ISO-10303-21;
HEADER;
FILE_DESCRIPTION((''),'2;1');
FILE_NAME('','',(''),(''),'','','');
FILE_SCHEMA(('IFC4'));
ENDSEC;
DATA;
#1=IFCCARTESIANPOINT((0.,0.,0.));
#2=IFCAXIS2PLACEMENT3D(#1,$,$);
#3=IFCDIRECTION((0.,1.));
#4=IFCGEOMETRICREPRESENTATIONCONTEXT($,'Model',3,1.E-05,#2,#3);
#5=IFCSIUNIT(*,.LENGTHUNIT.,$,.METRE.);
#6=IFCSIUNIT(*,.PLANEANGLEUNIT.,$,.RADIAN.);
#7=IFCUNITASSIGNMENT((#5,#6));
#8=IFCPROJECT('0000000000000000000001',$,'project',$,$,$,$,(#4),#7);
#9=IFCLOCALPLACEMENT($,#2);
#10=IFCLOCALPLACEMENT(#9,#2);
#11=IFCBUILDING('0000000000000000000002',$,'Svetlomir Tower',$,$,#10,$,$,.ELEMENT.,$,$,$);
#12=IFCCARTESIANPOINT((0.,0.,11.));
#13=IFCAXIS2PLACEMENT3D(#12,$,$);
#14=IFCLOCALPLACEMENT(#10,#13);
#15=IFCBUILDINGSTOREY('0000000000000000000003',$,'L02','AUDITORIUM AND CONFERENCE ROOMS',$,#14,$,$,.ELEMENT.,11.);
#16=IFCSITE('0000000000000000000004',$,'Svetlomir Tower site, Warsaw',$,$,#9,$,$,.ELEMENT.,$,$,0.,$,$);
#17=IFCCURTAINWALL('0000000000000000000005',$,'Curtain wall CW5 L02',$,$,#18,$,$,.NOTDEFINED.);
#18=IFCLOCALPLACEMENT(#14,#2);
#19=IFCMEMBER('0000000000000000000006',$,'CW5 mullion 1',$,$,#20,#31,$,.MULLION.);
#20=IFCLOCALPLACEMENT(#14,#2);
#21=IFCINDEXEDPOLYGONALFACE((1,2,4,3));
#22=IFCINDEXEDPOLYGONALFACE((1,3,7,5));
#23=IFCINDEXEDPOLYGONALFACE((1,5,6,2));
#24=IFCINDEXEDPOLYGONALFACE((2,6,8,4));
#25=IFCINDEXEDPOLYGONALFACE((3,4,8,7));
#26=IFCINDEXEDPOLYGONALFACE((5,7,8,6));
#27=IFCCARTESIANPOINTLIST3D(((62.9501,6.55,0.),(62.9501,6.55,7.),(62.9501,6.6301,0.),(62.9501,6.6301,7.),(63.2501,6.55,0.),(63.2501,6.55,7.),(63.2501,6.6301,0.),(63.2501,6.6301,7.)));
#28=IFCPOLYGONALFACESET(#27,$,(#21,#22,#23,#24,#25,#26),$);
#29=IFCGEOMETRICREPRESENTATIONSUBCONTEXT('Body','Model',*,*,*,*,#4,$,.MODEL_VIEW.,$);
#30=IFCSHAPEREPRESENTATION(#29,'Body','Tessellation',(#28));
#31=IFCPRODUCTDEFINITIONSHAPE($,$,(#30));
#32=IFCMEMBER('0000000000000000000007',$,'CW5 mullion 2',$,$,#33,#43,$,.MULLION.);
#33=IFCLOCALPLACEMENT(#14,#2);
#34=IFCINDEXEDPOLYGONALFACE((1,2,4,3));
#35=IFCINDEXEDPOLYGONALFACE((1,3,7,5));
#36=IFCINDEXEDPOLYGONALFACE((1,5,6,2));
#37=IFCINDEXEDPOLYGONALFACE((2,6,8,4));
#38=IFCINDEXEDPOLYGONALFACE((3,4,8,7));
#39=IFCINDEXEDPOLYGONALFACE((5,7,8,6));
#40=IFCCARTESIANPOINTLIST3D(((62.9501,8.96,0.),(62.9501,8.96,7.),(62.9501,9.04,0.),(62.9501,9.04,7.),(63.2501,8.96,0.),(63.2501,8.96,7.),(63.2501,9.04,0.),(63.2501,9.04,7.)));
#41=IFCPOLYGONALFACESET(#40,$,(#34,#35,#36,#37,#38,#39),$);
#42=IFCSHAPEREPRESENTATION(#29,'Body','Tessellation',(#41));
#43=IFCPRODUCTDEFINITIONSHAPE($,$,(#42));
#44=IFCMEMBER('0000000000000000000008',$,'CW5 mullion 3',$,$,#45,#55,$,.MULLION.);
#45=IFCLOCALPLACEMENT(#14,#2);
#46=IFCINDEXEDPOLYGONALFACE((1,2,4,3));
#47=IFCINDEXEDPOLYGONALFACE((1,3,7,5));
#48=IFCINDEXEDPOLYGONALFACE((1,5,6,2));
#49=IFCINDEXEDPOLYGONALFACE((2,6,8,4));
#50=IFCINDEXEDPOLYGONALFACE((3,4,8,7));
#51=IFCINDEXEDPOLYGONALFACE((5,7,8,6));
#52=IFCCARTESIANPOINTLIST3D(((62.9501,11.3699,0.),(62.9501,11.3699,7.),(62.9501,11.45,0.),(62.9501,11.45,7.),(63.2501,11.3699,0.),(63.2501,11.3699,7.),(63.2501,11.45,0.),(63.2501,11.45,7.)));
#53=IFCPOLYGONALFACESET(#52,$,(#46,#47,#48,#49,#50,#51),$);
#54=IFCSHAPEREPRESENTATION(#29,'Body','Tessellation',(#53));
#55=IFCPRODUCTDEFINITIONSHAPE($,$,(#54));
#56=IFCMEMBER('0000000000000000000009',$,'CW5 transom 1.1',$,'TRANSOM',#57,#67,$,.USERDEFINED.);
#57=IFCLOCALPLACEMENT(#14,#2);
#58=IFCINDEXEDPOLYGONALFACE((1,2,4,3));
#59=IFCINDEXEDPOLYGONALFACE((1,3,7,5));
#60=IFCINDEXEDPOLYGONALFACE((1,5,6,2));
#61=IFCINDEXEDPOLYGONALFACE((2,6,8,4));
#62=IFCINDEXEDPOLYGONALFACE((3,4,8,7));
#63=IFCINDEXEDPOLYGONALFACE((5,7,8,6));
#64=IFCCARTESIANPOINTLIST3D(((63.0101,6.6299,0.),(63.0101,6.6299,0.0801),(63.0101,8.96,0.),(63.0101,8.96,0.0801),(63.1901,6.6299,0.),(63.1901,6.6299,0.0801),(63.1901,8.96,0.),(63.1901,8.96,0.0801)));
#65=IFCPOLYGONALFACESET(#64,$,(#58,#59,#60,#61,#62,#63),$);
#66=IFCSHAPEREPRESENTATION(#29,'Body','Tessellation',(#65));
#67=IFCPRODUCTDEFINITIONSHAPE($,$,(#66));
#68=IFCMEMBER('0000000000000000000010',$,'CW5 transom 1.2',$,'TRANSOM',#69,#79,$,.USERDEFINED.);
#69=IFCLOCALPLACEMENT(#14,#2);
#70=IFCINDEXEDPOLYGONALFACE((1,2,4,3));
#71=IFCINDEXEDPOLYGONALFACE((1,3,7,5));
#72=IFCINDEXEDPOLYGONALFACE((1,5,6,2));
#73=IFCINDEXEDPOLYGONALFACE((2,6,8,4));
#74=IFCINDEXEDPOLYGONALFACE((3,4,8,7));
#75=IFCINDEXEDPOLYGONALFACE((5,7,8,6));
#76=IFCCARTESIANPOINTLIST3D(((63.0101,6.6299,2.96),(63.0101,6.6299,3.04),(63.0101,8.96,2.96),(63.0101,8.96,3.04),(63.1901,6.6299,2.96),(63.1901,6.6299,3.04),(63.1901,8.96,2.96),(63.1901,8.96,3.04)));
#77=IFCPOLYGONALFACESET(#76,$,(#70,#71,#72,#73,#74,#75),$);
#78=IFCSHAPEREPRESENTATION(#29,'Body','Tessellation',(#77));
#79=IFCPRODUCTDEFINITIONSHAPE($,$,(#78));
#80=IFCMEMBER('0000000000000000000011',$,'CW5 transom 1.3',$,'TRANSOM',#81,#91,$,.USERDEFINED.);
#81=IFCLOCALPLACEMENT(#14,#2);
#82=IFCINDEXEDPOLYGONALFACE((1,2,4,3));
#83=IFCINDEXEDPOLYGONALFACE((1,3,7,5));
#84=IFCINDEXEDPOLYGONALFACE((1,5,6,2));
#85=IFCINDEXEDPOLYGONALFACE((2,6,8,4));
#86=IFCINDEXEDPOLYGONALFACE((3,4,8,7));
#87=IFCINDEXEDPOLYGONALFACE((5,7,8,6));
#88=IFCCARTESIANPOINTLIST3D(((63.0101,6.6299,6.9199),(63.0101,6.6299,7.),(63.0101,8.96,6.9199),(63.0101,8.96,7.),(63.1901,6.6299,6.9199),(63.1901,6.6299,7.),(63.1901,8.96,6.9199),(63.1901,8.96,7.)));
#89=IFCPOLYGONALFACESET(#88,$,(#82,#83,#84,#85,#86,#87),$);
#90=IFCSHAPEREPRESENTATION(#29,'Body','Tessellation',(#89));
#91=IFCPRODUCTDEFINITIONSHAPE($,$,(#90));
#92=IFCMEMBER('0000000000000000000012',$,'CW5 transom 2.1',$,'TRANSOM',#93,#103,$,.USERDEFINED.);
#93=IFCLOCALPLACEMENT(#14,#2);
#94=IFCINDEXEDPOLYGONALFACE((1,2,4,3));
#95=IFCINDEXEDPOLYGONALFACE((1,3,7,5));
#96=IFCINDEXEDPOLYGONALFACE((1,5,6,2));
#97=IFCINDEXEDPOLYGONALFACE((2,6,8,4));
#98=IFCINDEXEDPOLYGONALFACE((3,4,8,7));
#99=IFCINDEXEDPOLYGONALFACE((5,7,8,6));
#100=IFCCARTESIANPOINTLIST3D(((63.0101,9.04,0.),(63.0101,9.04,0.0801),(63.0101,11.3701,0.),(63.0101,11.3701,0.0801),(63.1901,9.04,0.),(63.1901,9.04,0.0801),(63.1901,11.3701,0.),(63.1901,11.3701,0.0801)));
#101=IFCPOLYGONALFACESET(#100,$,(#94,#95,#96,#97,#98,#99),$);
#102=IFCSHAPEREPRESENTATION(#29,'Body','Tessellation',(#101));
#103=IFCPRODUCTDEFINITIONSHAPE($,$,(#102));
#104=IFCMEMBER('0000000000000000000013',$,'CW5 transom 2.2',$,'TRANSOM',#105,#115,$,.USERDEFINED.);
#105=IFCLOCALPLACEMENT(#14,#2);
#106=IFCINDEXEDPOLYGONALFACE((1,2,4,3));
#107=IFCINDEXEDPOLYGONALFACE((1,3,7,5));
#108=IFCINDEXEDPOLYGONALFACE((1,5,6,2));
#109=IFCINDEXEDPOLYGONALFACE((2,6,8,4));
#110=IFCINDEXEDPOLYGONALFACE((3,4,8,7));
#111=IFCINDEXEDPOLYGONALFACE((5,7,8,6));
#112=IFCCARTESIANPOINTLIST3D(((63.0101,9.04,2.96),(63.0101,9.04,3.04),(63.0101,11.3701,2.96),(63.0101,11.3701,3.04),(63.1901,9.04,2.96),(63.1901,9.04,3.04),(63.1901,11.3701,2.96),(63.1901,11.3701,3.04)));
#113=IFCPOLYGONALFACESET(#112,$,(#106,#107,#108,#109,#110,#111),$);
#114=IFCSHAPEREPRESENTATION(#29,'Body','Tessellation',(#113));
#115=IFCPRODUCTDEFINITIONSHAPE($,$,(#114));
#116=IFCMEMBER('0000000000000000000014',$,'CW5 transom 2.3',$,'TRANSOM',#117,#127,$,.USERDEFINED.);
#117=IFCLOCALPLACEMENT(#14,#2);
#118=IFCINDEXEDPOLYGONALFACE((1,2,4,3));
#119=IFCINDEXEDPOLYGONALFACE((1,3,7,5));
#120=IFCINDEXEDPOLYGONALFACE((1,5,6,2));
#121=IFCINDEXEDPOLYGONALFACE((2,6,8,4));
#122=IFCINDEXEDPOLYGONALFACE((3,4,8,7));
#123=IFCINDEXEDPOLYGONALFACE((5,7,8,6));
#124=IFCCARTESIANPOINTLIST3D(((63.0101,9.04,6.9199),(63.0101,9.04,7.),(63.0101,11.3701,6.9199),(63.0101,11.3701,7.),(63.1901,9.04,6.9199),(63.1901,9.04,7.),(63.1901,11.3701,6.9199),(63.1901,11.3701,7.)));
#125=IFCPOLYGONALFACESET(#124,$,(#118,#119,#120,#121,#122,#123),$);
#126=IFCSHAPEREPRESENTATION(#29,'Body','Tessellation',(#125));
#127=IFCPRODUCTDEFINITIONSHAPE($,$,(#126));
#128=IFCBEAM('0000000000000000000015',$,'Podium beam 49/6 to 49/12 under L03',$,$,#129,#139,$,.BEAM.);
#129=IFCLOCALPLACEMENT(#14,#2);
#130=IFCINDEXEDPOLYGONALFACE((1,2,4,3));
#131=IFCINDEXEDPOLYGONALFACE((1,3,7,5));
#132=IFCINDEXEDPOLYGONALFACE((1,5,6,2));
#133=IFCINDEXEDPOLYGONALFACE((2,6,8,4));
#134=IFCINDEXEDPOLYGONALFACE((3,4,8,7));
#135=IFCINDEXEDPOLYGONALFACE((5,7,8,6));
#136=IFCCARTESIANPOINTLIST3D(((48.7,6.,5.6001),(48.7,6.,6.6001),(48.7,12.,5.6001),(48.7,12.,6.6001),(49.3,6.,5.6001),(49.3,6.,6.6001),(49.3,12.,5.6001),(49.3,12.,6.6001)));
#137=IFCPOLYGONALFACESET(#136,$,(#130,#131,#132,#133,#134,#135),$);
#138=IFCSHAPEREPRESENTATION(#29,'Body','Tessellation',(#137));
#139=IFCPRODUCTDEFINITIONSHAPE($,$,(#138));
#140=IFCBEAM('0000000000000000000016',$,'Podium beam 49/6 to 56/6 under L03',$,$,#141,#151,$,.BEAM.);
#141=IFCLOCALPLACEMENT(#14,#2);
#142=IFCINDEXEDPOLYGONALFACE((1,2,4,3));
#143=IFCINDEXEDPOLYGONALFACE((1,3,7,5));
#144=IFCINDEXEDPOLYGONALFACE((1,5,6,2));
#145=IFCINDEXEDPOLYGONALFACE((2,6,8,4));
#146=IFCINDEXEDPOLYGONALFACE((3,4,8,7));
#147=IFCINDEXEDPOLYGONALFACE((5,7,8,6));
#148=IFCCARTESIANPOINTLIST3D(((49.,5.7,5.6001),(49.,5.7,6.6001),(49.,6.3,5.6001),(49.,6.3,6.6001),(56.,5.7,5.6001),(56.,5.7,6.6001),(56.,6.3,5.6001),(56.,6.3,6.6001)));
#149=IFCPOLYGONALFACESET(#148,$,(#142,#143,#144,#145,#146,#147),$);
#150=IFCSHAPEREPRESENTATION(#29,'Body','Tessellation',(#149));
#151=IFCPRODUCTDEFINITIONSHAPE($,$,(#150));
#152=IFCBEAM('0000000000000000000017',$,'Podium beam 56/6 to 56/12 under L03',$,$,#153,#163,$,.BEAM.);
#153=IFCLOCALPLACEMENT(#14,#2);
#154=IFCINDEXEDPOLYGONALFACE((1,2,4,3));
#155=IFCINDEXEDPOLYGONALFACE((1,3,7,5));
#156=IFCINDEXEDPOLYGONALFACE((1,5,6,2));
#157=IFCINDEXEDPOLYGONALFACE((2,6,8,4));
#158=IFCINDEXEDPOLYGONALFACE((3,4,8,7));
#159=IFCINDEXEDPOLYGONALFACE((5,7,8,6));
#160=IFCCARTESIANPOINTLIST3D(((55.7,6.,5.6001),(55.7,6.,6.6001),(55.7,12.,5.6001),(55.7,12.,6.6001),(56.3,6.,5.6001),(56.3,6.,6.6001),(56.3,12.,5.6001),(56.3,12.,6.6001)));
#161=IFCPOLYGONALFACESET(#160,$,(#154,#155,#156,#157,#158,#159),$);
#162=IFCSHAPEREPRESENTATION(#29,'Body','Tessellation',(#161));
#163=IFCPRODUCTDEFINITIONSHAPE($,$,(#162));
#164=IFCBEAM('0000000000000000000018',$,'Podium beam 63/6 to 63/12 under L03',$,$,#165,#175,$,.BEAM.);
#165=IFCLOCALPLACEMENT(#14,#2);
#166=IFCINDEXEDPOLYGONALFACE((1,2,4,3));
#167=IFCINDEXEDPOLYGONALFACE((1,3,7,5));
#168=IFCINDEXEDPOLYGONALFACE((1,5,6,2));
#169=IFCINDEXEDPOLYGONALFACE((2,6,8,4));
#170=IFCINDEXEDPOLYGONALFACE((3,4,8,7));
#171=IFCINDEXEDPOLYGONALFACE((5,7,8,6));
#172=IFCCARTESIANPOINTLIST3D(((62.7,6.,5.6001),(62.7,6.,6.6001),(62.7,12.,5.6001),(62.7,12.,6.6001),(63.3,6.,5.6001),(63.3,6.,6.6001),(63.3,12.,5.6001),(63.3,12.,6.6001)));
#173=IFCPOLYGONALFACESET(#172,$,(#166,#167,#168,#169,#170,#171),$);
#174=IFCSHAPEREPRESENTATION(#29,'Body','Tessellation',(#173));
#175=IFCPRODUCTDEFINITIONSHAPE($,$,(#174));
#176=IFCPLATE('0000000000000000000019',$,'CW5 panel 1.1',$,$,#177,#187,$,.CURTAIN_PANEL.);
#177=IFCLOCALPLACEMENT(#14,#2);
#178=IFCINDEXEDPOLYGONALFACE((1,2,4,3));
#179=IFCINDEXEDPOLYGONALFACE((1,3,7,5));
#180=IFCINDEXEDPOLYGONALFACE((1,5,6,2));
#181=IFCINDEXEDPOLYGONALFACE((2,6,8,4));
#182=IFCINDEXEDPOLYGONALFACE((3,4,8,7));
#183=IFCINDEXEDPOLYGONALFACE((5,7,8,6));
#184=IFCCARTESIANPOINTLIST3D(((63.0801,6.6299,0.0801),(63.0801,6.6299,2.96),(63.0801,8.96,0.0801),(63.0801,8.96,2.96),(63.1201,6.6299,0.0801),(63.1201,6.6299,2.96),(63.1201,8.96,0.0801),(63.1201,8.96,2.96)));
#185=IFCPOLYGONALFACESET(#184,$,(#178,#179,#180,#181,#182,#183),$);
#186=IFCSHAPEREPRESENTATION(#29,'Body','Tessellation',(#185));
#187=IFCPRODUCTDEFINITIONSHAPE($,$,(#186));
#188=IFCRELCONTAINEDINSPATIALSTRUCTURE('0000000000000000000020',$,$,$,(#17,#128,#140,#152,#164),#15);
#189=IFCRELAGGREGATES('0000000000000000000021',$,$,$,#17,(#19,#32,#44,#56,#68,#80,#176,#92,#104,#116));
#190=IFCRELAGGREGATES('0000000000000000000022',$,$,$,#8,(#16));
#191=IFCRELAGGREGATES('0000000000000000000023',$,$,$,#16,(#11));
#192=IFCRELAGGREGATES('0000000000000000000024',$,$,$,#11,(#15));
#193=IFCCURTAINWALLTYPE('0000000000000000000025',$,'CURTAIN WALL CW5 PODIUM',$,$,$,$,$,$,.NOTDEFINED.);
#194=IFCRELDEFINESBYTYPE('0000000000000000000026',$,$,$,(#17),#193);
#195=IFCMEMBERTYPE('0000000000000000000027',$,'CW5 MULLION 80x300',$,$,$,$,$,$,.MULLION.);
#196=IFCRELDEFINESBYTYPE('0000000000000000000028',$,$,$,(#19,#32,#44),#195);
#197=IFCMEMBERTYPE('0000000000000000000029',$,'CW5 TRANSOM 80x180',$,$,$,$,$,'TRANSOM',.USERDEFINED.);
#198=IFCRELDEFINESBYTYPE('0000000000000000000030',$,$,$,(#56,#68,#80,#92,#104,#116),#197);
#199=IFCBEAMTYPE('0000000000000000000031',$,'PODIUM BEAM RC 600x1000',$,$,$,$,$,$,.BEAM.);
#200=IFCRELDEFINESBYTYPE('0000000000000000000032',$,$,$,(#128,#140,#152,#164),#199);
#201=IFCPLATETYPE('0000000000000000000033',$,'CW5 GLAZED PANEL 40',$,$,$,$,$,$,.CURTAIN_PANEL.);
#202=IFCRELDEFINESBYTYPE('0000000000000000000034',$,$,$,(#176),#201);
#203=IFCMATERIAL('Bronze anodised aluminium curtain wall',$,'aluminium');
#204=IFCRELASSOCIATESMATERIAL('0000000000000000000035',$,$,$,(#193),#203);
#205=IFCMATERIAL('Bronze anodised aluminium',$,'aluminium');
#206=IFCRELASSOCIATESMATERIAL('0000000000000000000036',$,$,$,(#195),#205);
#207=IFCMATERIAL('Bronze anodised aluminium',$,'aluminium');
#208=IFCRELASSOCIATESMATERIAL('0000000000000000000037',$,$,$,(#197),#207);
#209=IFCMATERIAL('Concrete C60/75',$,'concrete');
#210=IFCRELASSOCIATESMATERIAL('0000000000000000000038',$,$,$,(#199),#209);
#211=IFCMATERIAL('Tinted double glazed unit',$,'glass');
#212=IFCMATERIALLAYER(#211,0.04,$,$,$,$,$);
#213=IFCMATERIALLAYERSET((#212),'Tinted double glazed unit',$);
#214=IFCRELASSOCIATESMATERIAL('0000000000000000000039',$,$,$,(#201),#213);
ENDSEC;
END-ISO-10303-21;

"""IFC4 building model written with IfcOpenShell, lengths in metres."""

from ifc_helpers import new_model, si_unit, direction, frame, origin, origin_2d, place, context, subcontext, project, spatial, rectangle, extrude, material, layer, layer_set, material_profile, profile_set, type_object, element, aggregate, save


model = new_model("IFC4")

# Units and contexts
model_context = context("Model", 3, precision=1e-05, world=origin(), true_north=direction((0.0, 1.0)))
body_context = subcontext(model_context, "Body", "Model", "MODEL_VIEW")
ifc_project = project(units=[si_unit("LENGTHUNIT", "METRE"), si_unit("PLANEANGLEUNIT", "RADIAN")], contexts=[model_context])

# Site, building, storey
site_placement = place(None, origin())
site = spatial("IfcSite", under=ifc_project, at=site_placement, Name="Svetlomir Tower site, Warsaw", CompositionType="ELEMENT", RefElevation=0.0)
building_placement = place(site_placement, origin())
building = spatial("IfcBuilding", under=site, at=building_placement, Name="Svetlomir Tower", CompositionType="ELEMENT")
storey_placement = place(building_placement, frame((0.0, 0.0, 11.0)))
storey = spatial("IfcBuildingStorey", under=building, at=storey_placement, Name="L02", Description="AUDITORIUM AND CONFERENCE ROOMS", CompositionType="ELEMENT", Elevation=11.0)

# Shared definitions
ifc_material_1 = material(Name="Bronze anodised aluminium curtain wall", Category="aluminium")
curtain_wall_type = type_object("IfcCurtainWallType", Name="CURTAIN WALL CW5 PODIUM", PredefinedType="NOTDEFINED", material=ifc_material_1)
ifc_material_2 = material(Name="Bronze anodised aluminium", Category="aluminium")
ifc_material_profile_1 = material_profile(ifc_material_2, rectangle(XDim=0.0801, YDim=0.3, at=origin_2d()), Name="AL 80x300")
ifc_profile_set_1 = profile_set([ifc_material_profile_1], Name="Bronze anodised aluminium 6063-T6")
member_type_1 = type_object("IfcMemberType", Name="CW5 MULLION 80x300", PredefinedType="MULLION", material=ifc_profile_set_1)

# Curtain wall, members
curtain_wall_1_placement = place(storey_placement, origin())
curtain_wall_1 = element("IfcCurtainWall", 1, at=curtain_wall_1_placement, inside=storey, type_object=curtain_wall_type, Name="Curtain wall CW5 L02", PredefinedType="NOTDEFINED")
member_1_placement = place(storey_placement, frame((63.1001, 6.5901, 0.0), z_axis=(0.0, 0.0, 1.0), x_axis=(0.0, 1.0, 0.0)))
member_1 = element("IfcMember", 2, at=member_1_placement, type_object=member_type_1, Name="CW5 mullion 1", PredefinedType="MULLION", context=body_context, shape_type="SweptSolid", body=[
    extrude(rectangle(XDim=0.0801, YDim=0.3, at=origin_2d()), origin(), (0.0, 0.0, 1.0), 7.0),
])
member_2_placement = place(storey_placement, frame((63.1001, 9.0, 0.0), z_axis=(0.0, 0.0, 1.0), x_axis=(0.0, 1.0, 0.0)))
member_2 = element("IfcMember", 3, at=member_2_placement, type_object=member_type_1, Name="CW5 mullion 2", PredefinedType="MULLION", context=body_context, shape_type="SweptSolid", body=[
    extrude(rectangle(XDim=0.0801, YDim=0.3, at=origin_2d()), origin(), (0.0, 0.0, 1.0), 7.0),
])
member_3_placement = place(storey_placement, frame((63.1001, 11.4099, 0.0), z_axis=(0.0, 0.0, 1.0), x_axis=(0.0, 1.0, 0.0)))
member_3 = element("IfcMember", 4, at=member_3_placement, type_object=member_type_1, Name="CW5 mullion 3", PredefinedType="MULLION", context=body_context, shape_type="SweptSolid", body=[
    extrude(rectangle(XDim=0.0801, YDim=0.3, at=origin_2d()), origin(), (0.0, 0.0, 1.0), 7.0),
])
ifc_material_3 = material(Name="Bronze anodised aluminium", Category="aluminium")
ifc_material_profile_2 = material_profile(ifc_material_3, rectangle(XDim=0.1799, YDim=0.0801, at=origin_2d()), Name="AL 180x80")
ifc_profile_set_2 = profile_set([ifc_material_profile_2], Name="Bronze anodised aluminium 6063-T6")
member_type_2 = type_object("IfcMemberType", Name="CW5 TRANSOM 80x180", ElementType="TRANSOM", PredefinedType="USERDEFINED", material=ifc_profile_set_2)
member_4_placement = place(storey_placement, frame((63.1001, 6.6299, 0.04), z_axis=(0.0, 1.0, 0.0), x_axis=(-1.0, 0.0, 0.0)))
member_4 = element("IfcMember", 5, at=member_4_placement, type_object=member_type_2, Name="CW5 transom 1.1", ObjectType="TRANSOM", PredefinedType="USERDEFINED", context=body_context, shape_type="SweptSolid", body=[
    extrude(rectangle(XDim=0.1799, YDim=0.0801, at=origin_2d()), origin(), (0.0, 0.0, 1.0), 2.3301),
])
member_5_placement = place(storey_placement, frame((63.1001, 6.6299, 3.0), z_axis=(0.0, 1.0, 0.0), x_axis=(-1.0, 0.0, 0.0)))
member_5 = element("IfcMember", 6, at=member_5_placement, type_object=member_type_2, Name="CW5 transom 1.2", ObjectType="TRANSOM", PredefinedType="USERDEFINED", context=body_context, shape_type="SweptSolid", body=[
    extrude(rectangle(XDim=0.1799, YDim=0.0801, at=origin_2d()), origin(), (0.0, 0.0, 1.0), 2.3301),
])
member_6_placement = place(storey_placement, frame((63.1001, 6.6299, 6.96), z_axis=(0.0, 1.0, 0.0), x_axis=(-1.0, 0.0, 0.0)))
member_6 = element("IfcMember", 7, at=member_6_placement, type_object=member_type_2, Name="CW5 transom 1.3", ObjectType="TRANSOM", PredefinedType="USERDEFINED", context=body_context, shape_type="SweptSolid", body=[
    extrude(rectangle(XDim=0.1799, YDim=0.0801, at=origin_2d()), origin(), (0.0, 0.0, 1.0), 2.3301),
])
member_7_placement = place(storey_placement, frame((63.1001, 9.04, 0.04), z_axis=(0.0, 1.0, 0.0), x_axis=(-1.0, 0.0, 0.0)))
member_7 = element("IfcMember", 8, at=member_7_placement, type_object=member_type_2, Name="CW5 transom 2.1", ObjectType="TRANSOM", PredefinedType="USERDEFINED", context=body_context, shape_type="SweptSolid", body=[
    extrude(rectangle(XDim=0.1799, YDim=0.0801, at=origin_2d()), origin(), (0.0, 0.0, 1.0), 2.3301),
])
member_8_placement = place(storey_placement, frame((63.1001, 9.04, 3.0), z_axis=(0.0, 1.0, 0.0), x_axis=(-1.0, 0.0, 0.0)))
member_8 = element("IfcMember", 9, at=member_8_placement, type_object=member_type_2, Name="CW5 transom 2.2", ObjectType="TRANSOM", PredefinedType="USERDEFINED", context=body_context, shape_type="SweptSolid", body=[
    extrude(rectangle(XDim=0.1799, YDim=0.0801, at=origin_2d()), origin(), (0.0, 0.0, 1.0), 2.3301),
])
member_9_placement = place(storey_placement, frame((63.1001, 9.04, 6.96), z_axis=(0.0, 1.0, 0.0), x_axis=(-1.0, 0.0, 0.0)))
member_9 = element("IfcMember", 10, at=member_9_placement, type_object=member_type_2, Name="CW5 transom 2.3", ObjectType="TRANSOM", PredefinedType="USERDEFINED", context=body_context, shape_type="SweptSolid", body=[
    extrude(rectangle(XDim=0.1799, YDim=0.0801, at=origin_2d()), origin(), (0.0, 0.0, 1.0), 2.3301),
])

# Beams
ifc_material_4 = material(Name="Concrete C60/75", Category="concrete")
ifc_material_profile_3 = material_profile(ifc_material_4, rectangle(XDim=0.6001, YDim=1.0, at=origin_2d()), Name="RC 600x1000")
ifc_profile_set_3 = profile_set([ifc_material_profile_3], Name="Concrete C60/75")
beam_type = type_object("IfcBeamType", Name="PODIUM BEAM RC 600x1000", PredefinedType="BEAM", material=ifc_profile_set_3)
beam_1_placement = place(storey_placement, frame((49.0, 6.0, 6.1001), z_axis=(0.0, 1.0, 0.0), x_axis=(-1.0, 0.0, 0.0)))
element("IfcBeam", 11, at=beam_1_placement, inside=storey, type_object=beam_type, Name="Podium beam 49/6 to 49/12 under L03", PredefinedType="BEAM", context=body_context, shape_type="SweptSolid", body=[
    extrude(rectangle(XDim=0.6001, YDim=1.0, at=origin_2d()), origin(), (0.0, 0.0, 1.0), 6.0),
])
beam_2_placement = place(storey_placement, frame((49.0, 6.0, 6.1001), z_axis=(1.0, 0.0, 0.0), x_axis=(0.0, 1.0, 0.0)))
element("IfcBeam", 12, at=beam_2_placement, inside=storey, type_object=beam_type, Name="Podium beam 49/6 to 56/6 under L03", PredefinedType="BEAM", context=body_context, shape_type="SweptSolid", body=[
    extrude(rectangle(XDim=0.6001, YDim=1.0, at=origin_2d()), origin(), (0.0, 0.0, 1.0), 7.0),
])
for number, where, z_axis, x_axis, name in (
    (13, (56.0, 6.0, 6.1001), (0.0, 1.0, 0.0), (-1.0, 0.0, 0.0), "Podium beam 56/6 to 56/12 under L03"),
    (14, (63.0, 6.0, 6.1001), (0.0, 1.0, 0.0), (-1.0, 0.0, 0.0), "Podium beam 63/6 to 63/12 under L03"),
):
    element("IfcBeam", number, at=place(storey_placement, frame(where, z_axis=z_axis, x_axis=x_axis)), inside=storey, type_object=beam_type, Name=name, PredefinedType="BEAM", context=body_context, shape_type="SweptSolid", body=[
        extrude(rectangle(XDim=0.6001, YDim=1.0, at=origin_2d()), origin(), (0.0, 0.0, 1.0), 6.0),
    ])

# Plate
ifc_material_5 = material(Name="Tinted double glazed unit", Category="glass")
ifc_layer_1 = layer(ifc_material_5, 0.04)
ifc_layer_set_1 = layer_set([ifc_layer_1], Name="Tinted double glazed unit")
plate_type = type_object("IfcPlateType", Name="CW5 GLAZED PANEL 40", PredefinedType="CURTAIN_PANEL", material=ifc_layer_set_1)
plate_1_placement = place(storey_placement, frame((63.1001, 7.7949, 0.0801), z_axis=(0.0, 0.0, 1.0), x_axis=(0.0, 1.0, 0.0)))
plate_1 = element("IfcPlate", 15, at=plate_1_placement, type_object=plate_type, Name="CW5 panel 1.1", PredefinedType="CURTAIN_PANEL", context=body_context, shape_type="SweptSolid", body=[
    extrude(rectangle(XDim=2.3301, YDim=0.04, at=origin_2d()), origin(), (0.0, 0.0, 1.0), 2.8799),
])
aggregate(curtain_wall_1, [member_1, member_2, member_3, member_4, member_5, member_6, plate_1, member_7, member_8, member_9])

save(model, "model.ifc")
